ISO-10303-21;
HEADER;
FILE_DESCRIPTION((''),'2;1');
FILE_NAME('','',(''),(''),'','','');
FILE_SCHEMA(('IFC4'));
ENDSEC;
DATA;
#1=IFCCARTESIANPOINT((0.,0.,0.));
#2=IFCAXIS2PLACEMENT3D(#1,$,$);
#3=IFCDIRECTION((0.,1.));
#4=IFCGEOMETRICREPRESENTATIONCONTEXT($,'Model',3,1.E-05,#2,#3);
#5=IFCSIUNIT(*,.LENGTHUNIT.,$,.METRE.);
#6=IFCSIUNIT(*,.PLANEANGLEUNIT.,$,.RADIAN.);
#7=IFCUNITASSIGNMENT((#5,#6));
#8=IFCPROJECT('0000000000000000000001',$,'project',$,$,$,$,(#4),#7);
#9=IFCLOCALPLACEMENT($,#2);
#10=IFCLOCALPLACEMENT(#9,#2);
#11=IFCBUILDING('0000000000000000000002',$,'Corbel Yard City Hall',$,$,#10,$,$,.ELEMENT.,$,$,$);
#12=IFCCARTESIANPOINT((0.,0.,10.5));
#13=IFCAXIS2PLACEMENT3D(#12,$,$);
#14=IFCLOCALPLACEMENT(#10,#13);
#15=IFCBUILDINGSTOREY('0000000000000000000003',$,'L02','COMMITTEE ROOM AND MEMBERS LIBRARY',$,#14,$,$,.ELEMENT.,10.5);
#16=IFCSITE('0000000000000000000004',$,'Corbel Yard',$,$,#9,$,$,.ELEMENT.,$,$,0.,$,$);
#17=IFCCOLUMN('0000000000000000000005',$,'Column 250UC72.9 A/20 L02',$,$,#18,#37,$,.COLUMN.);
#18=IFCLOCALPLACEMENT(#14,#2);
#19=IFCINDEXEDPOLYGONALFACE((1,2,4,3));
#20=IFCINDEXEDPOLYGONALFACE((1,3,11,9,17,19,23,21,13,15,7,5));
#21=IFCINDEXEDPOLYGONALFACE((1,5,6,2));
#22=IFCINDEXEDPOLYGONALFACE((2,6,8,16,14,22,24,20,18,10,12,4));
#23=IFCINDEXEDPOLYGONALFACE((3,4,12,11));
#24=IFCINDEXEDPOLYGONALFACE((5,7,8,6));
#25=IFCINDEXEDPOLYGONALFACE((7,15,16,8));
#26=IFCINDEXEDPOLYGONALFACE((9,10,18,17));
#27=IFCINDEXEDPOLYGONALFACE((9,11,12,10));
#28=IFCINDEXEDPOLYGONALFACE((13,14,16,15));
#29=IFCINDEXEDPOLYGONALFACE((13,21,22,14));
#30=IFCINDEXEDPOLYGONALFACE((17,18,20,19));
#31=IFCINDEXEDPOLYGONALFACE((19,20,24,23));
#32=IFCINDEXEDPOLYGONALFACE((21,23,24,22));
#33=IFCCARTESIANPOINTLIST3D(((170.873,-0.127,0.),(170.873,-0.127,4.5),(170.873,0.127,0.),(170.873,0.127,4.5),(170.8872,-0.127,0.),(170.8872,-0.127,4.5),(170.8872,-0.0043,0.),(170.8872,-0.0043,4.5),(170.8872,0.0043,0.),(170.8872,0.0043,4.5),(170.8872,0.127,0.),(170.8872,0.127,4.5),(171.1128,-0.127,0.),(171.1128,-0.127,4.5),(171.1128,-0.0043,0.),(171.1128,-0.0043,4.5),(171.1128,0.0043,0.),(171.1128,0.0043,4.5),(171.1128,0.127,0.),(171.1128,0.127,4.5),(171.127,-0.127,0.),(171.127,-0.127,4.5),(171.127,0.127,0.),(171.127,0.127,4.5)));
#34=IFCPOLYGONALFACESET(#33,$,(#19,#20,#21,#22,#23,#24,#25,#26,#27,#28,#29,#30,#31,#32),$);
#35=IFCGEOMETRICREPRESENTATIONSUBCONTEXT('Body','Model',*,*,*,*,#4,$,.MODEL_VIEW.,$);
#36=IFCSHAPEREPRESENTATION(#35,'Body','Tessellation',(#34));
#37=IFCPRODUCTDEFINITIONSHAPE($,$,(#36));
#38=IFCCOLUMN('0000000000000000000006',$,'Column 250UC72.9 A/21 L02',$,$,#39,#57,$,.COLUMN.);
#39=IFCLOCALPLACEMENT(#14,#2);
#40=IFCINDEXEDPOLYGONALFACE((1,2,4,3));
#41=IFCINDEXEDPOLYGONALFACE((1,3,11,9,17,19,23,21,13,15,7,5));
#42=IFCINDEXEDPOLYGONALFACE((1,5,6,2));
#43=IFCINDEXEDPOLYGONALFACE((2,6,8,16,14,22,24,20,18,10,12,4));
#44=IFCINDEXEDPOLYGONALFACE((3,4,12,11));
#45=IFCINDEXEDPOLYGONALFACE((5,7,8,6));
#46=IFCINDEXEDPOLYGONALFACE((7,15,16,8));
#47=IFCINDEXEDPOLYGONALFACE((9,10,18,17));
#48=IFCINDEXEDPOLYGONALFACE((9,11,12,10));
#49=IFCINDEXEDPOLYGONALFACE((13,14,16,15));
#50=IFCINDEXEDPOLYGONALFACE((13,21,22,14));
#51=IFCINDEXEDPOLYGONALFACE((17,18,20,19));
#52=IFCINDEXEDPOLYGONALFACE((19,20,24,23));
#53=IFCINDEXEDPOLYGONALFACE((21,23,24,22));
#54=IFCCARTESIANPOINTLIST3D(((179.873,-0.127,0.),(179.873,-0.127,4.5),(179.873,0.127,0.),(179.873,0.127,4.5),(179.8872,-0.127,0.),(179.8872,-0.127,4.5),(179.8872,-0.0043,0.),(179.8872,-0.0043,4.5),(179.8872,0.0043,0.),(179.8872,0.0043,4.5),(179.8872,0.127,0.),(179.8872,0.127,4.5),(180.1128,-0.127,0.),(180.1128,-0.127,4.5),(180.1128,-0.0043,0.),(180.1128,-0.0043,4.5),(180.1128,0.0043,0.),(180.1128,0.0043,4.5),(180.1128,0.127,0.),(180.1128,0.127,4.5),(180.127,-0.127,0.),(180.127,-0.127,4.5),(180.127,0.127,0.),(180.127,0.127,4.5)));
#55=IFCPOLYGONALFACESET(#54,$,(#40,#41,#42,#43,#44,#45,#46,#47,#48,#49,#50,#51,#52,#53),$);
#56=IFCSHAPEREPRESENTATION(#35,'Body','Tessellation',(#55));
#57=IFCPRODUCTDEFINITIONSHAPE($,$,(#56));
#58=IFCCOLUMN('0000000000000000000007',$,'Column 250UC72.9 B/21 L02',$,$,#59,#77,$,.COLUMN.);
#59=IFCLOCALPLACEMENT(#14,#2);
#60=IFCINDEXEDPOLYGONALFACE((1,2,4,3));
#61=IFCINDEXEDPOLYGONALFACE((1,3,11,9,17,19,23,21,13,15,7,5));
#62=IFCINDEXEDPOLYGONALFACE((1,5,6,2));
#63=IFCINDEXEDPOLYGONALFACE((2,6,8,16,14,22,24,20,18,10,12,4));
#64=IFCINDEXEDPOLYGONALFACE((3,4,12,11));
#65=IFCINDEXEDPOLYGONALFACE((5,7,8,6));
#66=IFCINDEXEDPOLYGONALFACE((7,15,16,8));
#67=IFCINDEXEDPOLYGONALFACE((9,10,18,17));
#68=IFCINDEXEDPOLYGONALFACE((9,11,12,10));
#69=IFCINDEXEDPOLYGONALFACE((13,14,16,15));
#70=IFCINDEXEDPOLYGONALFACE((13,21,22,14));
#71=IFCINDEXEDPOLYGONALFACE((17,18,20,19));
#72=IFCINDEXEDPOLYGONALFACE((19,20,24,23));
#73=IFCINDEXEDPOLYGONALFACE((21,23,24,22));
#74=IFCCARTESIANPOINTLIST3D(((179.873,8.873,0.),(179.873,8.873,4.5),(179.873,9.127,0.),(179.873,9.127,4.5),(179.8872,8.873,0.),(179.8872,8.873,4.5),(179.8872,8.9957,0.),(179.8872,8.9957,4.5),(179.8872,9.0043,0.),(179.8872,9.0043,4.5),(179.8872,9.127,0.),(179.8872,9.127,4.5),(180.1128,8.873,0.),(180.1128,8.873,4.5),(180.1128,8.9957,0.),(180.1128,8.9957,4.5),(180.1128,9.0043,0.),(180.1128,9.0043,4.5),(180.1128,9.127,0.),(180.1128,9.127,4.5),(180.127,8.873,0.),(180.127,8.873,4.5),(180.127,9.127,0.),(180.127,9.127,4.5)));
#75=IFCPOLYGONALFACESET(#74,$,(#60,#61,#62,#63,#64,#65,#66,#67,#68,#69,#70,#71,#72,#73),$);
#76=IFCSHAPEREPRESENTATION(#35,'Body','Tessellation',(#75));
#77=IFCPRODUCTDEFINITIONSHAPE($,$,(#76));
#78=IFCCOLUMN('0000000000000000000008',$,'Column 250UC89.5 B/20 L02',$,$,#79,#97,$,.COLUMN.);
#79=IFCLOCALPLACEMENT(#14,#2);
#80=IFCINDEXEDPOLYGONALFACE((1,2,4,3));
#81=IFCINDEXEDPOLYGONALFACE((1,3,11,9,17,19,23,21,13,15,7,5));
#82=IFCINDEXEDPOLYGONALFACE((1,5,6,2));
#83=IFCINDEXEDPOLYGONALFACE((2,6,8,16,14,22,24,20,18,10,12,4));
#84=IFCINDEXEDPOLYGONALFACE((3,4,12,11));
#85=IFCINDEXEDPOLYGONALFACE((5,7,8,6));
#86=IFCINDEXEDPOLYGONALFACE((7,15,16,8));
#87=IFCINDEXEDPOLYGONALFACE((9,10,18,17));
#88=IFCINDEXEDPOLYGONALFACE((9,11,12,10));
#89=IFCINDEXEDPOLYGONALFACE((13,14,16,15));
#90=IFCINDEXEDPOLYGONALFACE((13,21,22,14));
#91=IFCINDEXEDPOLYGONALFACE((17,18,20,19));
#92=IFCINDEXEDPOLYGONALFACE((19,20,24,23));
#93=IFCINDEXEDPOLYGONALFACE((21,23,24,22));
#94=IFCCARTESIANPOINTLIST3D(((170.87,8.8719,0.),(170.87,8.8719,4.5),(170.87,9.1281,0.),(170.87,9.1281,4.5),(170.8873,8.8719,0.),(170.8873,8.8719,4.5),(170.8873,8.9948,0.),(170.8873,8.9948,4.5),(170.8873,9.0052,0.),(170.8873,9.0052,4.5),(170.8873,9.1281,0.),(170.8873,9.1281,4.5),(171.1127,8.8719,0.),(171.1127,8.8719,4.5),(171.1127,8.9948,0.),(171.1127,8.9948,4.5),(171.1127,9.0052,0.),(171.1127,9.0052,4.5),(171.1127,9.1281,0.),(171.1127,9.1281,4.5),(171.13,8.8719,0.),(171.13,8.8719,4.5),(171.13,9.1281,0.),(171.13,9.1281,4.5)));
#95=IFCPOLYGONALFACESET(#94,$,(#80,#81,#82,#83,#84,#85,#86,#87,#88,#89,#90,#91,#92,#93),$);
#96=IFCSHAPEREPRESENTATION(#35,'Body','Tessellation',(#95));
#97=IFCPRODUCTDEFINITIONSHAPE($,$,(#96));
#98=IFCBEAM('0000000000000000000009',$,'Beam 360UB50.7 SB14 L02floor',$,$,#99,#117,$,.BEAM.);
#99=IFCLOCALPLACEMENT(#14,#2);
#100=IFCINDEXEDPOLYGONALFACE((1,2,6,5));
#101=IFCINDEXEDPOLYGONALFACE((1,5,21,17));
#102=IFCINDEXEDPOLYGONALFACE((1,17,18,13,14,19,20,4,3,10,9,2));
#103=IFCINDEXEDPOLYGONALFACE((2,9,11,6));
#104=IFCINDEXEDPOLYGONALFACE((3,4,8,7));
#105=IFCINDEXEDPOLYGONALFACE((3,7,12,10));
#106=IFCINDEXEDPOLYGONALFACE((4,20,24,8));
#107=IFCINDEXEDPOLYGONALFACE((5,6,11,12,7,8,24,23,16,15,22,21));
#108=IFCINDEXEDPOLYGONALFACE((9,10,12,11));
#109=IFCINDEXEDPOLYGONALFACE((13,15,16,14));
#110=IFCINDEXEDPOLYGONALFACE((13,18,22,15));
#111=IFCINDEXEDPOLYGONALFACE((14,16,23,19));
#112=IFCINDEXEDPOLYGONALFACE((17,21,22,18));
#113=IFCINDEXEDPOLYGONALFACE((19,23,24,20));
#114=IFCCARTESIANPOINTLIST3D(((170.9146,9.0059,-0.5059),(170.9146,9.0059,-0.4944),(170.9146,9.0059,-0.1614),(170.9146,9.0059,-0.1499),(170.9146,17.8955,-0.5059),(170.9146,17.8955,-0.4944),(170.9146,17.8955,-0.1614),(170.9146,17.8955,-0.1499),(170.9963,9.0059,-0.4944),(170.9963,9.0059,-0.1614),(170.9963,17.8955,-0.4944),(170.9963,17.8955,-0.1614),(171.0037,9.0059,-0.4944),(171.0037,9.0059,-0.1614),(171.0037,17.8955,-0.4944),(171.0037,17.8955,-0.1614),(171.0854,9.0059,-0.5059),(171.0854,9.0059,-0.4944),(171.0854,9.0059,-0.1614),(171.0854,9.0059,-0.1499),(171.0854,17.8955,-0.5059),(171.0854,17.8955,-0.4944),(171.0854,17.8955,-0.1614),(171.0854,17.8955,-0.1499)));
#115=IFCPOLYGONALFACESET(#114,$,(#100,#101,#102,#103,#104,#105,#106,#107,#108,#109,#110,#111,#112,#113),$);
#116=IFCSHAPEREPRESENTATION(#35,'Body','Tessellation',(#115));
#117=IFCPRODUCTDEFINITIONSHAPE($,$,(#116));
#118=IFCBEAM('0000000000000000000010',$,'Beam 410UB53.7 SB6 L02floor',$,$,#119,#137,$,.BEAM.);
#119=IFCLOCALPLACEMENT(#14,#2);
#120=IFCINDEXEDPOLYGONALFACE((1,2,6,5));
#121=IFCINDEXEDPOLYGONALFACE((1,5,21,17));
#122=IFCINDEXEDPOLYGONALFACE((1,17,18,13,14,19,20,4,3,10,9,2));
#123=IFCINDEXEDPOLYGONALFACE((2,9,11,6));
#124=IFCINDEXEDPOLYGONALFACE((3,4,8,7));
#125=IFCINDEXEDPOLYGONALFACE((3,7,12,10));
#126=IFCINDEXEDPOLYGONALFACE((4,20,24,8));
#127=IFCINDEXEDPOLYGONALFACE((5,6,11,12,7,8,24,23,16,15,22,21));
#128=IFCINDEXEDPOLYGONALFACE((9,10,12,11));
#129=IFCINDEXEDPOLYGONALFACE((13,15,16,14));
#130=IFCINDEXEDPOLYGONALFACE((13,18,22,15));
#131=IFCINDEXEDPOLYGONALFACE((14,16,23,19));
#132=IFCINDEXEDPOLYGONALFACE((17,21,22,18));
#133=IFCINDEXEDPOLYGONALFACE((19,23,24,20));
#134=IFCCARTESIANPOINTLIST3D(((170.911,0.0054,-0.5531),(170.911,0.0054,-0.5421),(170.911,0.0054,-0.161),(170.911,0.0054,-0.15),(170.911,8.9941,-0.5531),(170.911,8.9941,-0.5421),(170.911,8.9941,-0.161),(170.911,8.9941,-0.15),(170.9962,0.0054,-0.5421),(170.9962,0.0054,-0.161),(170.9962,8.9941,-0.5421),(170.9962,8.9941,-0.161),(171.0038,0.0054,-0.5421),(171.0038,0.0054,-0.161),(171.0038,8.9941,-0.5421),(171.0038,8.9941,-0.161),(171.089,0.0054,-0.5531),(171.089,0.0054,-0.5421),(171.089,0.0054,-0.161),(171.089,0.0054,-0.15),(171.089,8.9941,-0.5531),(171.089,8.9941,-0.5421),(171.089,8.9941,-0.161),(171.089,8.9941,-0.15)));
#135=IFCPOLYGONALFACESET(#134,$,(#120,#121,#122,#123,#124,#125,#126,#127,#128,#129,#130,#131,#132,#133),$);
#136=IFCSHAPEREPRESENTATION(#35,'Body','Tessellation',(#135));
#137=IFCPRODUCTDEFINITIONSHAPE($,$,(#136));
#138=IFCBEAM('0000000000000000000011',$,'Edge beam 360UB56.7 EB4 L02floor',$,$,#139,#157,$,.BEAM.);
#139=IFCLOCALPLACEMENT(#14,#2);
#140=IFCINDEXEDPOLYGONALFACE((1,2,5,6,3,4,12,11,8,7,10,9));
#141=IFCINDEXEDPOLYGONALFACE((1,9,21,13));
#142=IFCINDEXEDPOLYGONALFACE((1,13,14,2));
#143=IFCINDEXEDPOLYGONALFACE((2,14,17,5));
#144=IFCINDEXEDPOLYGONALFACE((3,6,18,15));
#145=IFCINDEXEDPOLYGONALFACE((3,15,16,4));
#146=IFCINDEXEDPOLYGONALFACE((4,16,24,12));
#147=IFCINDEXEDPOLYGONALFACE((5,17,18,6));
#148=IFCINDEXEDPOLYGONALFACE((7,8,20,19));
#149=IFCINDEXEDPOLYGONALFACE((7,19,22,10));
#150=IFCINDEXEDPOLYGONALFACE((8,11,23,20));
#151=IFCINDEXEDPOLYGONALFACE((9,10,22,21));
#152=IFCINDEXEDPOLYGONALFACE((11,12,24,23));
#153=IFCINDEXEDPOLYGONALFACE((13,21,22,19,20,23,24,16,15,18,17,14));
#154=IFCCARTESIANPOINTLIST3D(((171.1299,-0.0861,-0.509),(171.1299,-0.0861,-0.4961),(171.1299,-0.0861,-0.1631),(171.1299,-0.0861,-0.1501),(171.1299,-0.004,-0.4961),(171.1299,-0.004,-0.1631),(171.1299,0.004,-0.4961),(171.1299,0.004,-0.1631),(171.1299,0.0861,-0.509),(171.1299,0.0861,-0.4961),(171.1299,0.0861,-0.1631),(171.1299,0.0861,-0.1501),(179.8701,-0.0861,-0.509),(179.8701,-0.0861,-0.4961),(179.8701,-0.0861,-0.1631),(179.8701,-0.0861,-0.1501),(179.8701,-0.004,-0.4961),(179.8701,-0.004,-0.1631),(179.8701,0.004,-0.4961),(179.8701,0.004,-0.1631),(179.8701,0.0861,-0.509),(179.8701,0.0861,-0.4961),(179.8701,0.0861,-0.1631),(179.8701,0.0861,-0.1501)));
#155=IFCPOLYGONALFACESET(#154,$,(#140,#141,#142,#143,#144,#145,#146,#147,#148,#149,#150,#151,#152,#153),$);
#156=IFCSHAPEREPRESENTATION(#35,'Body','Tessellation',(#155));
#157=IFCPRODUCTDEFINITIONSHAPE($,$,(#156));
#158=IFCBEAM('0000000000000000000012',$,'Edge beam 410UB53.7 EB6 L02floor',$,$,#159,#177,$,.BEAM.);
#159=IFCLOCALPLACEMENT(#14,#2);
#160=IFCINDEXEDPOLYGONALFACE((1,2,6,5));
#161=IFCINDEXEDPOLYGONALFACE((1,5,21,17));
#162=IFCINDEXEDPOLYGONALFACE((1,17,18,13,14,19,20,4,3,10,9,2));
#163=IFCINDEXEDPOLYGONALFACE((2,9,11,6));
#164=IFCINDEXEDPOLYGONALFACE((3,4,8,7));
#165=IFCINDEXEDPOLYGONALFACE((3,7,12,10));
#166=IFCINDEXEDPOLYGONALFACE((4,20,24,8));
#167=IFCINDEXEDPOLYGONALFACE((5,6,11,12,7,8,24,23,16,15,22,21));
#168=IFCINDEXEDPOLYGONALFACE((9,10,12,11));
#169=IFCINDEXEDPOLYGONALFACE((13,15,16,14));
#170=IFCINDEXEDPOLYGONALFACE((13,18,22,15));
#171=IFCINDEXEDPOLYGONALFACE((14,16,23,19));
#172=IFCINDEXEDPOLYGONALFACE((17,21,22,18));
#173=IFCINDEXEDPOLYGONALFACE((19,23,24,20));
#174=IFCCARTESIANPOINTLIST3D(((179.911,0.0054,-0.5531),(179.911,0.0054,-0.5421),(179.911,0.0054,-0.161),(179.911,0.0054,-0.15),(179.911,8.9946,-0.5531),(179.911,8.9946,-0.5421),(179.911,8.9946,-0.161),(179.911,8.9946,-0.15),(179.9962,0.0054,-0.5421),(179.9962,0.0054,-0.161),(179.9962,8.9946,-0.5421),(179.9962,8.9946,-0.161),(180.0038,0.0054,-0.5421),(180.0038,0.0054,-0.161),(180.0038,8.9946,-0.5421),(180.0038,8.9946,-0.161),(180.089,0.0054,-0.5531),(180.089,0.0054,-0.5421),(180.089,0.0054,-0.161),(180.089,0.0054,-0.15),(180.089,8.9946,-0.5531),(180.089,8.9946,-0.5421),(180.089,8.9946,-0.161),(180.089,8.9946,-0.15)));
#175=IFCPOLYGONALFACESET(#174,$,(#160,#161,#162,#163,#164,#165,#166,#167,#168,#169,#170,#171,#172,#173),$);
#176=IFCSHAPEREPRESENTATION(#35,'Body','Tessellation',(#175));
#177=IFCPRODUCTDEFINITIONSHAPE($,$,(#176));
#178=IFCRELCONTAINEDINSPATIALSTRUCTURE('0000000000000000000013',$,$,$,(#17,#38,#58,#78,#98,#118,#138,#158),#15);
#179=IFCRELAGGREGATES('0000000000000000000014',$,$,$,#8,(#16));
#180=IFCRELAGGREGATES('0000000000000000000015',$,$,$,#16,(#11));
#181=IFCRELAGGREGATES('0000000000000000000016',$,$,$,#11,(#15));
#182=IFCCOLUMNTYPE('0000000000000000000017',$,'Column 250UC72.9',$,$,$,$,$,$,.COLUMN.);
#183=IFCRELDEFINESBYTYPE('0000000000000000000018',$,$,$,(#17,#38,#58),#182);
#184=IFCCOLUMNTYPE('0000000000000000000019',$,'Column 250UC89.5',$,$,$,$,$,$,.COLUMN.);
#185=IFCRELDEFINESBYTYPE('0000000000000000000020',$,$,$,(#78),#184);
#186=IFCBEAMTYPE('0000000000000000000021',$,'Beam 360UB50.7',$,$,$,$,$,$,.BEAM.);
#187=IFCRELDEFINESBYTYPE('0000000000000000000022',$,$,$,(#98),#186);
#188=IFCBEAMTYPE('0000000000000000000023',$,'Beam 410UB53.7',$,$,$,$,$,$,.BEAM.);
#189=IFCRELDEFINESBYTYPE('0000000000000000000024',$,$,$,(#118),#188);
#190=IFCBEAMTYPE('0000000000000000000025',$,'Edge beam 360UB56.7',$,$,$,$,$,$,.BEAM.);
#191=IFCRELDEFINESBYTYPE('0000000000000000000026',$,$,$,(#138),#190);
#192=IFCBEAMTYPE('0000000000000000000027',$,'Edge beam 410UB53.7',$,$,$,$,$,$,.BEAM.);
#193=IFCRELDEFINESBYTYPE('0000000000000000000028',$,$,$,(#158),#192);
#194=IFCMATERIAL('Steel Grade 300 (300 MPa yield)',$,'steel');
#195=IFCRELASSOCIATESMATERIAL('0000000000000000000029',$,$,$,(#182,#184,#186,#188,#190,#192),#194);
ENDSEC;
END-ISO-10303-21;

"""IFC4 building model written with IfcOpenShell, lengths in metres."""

from ifc_helpers import new_model, si_unit, direction, frame, origin, origin_2d, place, context, subcontext, project, spatial, i_section, extrude, material, material_profile, profile_set, type_object, element, save


model = new_model("IFC4")

# Units and contexts
model_context = context("Model", 3, precision=1e-05, world=origin(), true_north=direction((0.0, 1.0)))
body_context = subcontext(model_context, "Body", "Model", "MODEL_VIEW")
ifc_project = project(units=[si_unit("LENGTHUNIT", "METRE"), si_unit("PLANEANGLEUNIT", "RADIAN")], contexts=[model_context])

# Site, building, storey
site_placement = place(None, origin())
site = spatial("IfcSite", under=ifc_project, at=site_placement, Name="Corbel Yard", CompositionType="ELEMENT", RefElevation=0.0)
building_placement = place(site_placement, origin())
building = spatial("IfcBuilding", under=site, at=building_placement, Name="Corbel Yard City Hall", CompositionType="ELEMENT")
storey_placement = place(building_placement, frame((0.0, 0.0, 10.5)))
storey = spatial("IfcBuildingStorey", under=building, at=storey_placement, Name="L02", Description="COMMITTEE ROOM AND MEMBERS LIBRARY", CompositionType="ELEMENT", Elevation=10.5)

# Columns
ifc_material_1 = material(Name="Steel Grade 300 (300 MPa yield)", Category="steel")
ifc_material_profile_1 = material_profile(ifc_material_1, i_section(OverallWidth=0.2539, OverallDepth=0.2539, WebThickness=0.0085, FlangeThickness=0.0142, at=origin_2d()), Name="250UC72.9")
ifc_profile_set_1 = profile_set([ifc_material_profile_1], Name="Steel Grade 300 (300 MPa yield)")
column_type_1 = type_object("IfcColumnType", Name="Column 250UC72.9", PredefinedType="COLUMN", material=ifc_profile_set_1)
for number, where, z_axis, x_axis, name in (
    (1, (171.0, 0.0, 0.0), (0.0, 0.0, 1.0), (0.0, 1.0, 0.0), "Column 250UC72.9 A/20 L02"),
    (2, (180.0, 0.0, 0.0), (0.0, 0.0, 1.0), (0.0, 1.0, 0.0), "Column 250UC72.9 A/21 L02"),
    (3, (180.0, 9.0, 0.0), (0.0, 0.0, 1.0), (0.0, 1.0, 0.0), "Column 250UC72.9 B/21 L02"),
):
    element("IfcColumn", number, at=place(storey_placement, frame(where, z_axis=z_axis, x_axis=x_axis)), inside=storey, type_object=column_type_1, Name=name, PredefinedType="COLUMN", context=body_context, shape_type="SweptSolid", body=[
        extrude(i_section(OverallWidth=0.2539, OverallDepth=0.2539, WebThickness=0.0085, FlangeThickness=0.0142, at=origin_2d()), origin(), (0.0, 0.0, 1.0), 4.5),
    ])
ifc_material_profile_2 = material_profile(ifc_material_1, i_section(OverallWidth=0.2561, OverallDepth=0.26, WebThickness=0.0105, FlangeThickness=0.0173, at=origin_2d()), Name="250UC89.5")
ifc_profile_set_2 = profile_set([ifc_material_profile_2], Name="Steel Grade 300 (300 MPa yield)")
column_type_2 = type_object("IfcColumnType", Name="Column 250UC89.5", PredefinedType="COLUMN", material=ifc_profile_set_2)
column_placement = place(storey_placement, frame((171.0, 9.0, 0.0), z_axis=(0.0, 0.0, 1.0), x_axis=(0.0, 1.0, 0.0)))
element("IfcColumn", 4, at=column_placement, inside=storey, type_object=column_type_2, Name="Column 250UC89.5 B/20 L02", PredefinedType="COLUMN", context=body_context, shape_type="SweptSolid", body=[
    extrude(i_section(OverallWidth=0.2561, OverallDepth=0.26, WebThickness=0.0105, FlangeThickness=0.0173, at=origin_2d()), origin(), (0.0, 0.0, 1.0), 4.5),
])

# Beams
ifc_material_profile_3 = material_profile(ifc_material_1, i_section(OverallWidth=0.1709, OverallDepth=0.356, WebThickness=0.0073, FlangeThickness=0.0115, at=origin_2d()), Name="360UB50.7")
ifc_profile_set_3 = profile_set([ifc_material_profile_3], Name="Steel Grade 300 (300 MPa yield)")
beam_type_1 = type_object("IfcBeamType", Name="Beam 360UB50.7", PredefinedType="BEAM", material=ifc_profile_set_3)
beam_1_placement = place(storey_placement, frame((171.0, 9.0059, -0.3279), z_axis=(0.0, 1.0, 0.0), x_axis=(-1.0, 0.0, 0.0)))
element("IfcBeam", 5, at=beam_1_placement, inside=storey, type_object=beam_type_1, Name="Beam 360UB50.7 SB14 L02floor", PredefinedType="BEAM", context=body_context, shape_type="SweptSolid", body=[
    extrude(i_section(OverallWidth=0.1709, OverallDepth=0.356, WebThickness=0.0073, FlangeThickness=0.0115, at=origin_2d()), origin(), (0.0, 0.0, 1.0), 8.8896),
])
ifc_material_profile_4 = material_profile(ifc_material_1, i_section(OverallWidth=0.178, OverallDepth=0.4031, WebThickness=0.0076, FlangeThickness=0.011, at=origin_2d()), Name="410UB53.7")
ifc_profile_set_4 = profile_set([ifc_material_profile_4], Name="Steel Grade 300 (300 MPa yield)")
beam_type_2 = type_object("IfcBeamType", Name="Beam 410UB53.7", PredefinedType="BEAM", material=ifc_profile_set_4)
beam_2_placement = place(storey_placement, frame((171.0, 0.0054, -0.3516), z_axis=(0.0, 1.0, 0.0), x_axis=(-1.0, 0.0, 0.0)))
element("IfcBeam", 6, at=beam_2_placement, inside=storey, type_object=beam_type_2, Name="Beam 410UB53.7 SB6 L02floor", PredefinedType="BEAM", context=body_context, shape_type="SweptSolid", body=[
    extrude(i_section(OverallWidth=0.178, OverallDepth=0.4031, WebThickness=0.0076, FlangeThickness=0.011, at=origin_2d()), origin(), (0.0, 0.0, 1.0), 8.9888),
])
ifc_material_profile_5 = material_profile(ifc_material_1, i_section(OverallWidth=0.1721, OverallDepth=0.3589, WebThickness=0.0081, FlangeThickness=0.0129, at=origin_2d()), Name="360UB56.7")
ifc_profile_set_5 = profile_set([ifc_material_profile_5], Name="Steel Grade 300 (300 MPa yield)")
beam_type_3 = type_object("IfcBeamType", Name="Edge beam 360UB56.7", PredefinedType="BEAM", material=ifc_profile_set_5)
beam_3_placement = place(storey_placement, frame((171.1299, 0.0, -0.3296), z_axis=(1.0, 0.0, 0.0), x_axis=(0.0, 1.0, 0.0)))
element("IfcBeam", 7, at=beam_3_placement, inside=storey, type_object=beam_type_3, Name="Edge beam 360UB56.7 EB4 L02floor", PredefinedType="BEAM", context=body_context, shape_type="SweptSolid", body=[
    extrude(i_section(OverallWidth=0.1721, OverallDepth=0.3589, WebThickness=0.0081, FlangeThickness=0.0129, at=origin_2d()), origin(), (0.0, 0.0, 1.0), 8.7402),
])
ifc_material_profile_6 = material_profile(ifc_material_1, i_section(OverallWidth=0.178, OverallDepth=0.4031, WebThickness=0.0076, FlangeThickness=0.011, at=origin_2d()), Name="410UB53.7")
ifc_profile_set_6 = profile_set([ifc_material_profile_6], Name="Steel Grade 300 (300 MPa yield)")
beam_type_4 = type_object("IfcBeamType", Name="Edge beam 410UB53.7", PredefinedType="BEAM", material=ifc_profile_set_6)
beam_4_placement = place(storey_placement, frame((180.0, 0.0054, -0.3516), z_axis=(0.0, 1.0, 0.0), x_axis=(-1.0, 0.0, 0.0)))
element("IfcBeam", 8, at=beam_4_placement, inside=storey, type_object=beam_type_4, Name="Edge beam 410UB53.7 EB6 L02floor", PredefinedType="BEAM", context=body_context, shape_type="SweptSolid", body=[
    extrude(i_section(OverallWidth=0.178, OverallDepth=0.4031, WebThickness=0.0076, FlangeThickness=0.011, at=origin_2d()), origin(), (0.0, 0.0, 1.0), 8.9893),
])

save(model, "model.ifc")
